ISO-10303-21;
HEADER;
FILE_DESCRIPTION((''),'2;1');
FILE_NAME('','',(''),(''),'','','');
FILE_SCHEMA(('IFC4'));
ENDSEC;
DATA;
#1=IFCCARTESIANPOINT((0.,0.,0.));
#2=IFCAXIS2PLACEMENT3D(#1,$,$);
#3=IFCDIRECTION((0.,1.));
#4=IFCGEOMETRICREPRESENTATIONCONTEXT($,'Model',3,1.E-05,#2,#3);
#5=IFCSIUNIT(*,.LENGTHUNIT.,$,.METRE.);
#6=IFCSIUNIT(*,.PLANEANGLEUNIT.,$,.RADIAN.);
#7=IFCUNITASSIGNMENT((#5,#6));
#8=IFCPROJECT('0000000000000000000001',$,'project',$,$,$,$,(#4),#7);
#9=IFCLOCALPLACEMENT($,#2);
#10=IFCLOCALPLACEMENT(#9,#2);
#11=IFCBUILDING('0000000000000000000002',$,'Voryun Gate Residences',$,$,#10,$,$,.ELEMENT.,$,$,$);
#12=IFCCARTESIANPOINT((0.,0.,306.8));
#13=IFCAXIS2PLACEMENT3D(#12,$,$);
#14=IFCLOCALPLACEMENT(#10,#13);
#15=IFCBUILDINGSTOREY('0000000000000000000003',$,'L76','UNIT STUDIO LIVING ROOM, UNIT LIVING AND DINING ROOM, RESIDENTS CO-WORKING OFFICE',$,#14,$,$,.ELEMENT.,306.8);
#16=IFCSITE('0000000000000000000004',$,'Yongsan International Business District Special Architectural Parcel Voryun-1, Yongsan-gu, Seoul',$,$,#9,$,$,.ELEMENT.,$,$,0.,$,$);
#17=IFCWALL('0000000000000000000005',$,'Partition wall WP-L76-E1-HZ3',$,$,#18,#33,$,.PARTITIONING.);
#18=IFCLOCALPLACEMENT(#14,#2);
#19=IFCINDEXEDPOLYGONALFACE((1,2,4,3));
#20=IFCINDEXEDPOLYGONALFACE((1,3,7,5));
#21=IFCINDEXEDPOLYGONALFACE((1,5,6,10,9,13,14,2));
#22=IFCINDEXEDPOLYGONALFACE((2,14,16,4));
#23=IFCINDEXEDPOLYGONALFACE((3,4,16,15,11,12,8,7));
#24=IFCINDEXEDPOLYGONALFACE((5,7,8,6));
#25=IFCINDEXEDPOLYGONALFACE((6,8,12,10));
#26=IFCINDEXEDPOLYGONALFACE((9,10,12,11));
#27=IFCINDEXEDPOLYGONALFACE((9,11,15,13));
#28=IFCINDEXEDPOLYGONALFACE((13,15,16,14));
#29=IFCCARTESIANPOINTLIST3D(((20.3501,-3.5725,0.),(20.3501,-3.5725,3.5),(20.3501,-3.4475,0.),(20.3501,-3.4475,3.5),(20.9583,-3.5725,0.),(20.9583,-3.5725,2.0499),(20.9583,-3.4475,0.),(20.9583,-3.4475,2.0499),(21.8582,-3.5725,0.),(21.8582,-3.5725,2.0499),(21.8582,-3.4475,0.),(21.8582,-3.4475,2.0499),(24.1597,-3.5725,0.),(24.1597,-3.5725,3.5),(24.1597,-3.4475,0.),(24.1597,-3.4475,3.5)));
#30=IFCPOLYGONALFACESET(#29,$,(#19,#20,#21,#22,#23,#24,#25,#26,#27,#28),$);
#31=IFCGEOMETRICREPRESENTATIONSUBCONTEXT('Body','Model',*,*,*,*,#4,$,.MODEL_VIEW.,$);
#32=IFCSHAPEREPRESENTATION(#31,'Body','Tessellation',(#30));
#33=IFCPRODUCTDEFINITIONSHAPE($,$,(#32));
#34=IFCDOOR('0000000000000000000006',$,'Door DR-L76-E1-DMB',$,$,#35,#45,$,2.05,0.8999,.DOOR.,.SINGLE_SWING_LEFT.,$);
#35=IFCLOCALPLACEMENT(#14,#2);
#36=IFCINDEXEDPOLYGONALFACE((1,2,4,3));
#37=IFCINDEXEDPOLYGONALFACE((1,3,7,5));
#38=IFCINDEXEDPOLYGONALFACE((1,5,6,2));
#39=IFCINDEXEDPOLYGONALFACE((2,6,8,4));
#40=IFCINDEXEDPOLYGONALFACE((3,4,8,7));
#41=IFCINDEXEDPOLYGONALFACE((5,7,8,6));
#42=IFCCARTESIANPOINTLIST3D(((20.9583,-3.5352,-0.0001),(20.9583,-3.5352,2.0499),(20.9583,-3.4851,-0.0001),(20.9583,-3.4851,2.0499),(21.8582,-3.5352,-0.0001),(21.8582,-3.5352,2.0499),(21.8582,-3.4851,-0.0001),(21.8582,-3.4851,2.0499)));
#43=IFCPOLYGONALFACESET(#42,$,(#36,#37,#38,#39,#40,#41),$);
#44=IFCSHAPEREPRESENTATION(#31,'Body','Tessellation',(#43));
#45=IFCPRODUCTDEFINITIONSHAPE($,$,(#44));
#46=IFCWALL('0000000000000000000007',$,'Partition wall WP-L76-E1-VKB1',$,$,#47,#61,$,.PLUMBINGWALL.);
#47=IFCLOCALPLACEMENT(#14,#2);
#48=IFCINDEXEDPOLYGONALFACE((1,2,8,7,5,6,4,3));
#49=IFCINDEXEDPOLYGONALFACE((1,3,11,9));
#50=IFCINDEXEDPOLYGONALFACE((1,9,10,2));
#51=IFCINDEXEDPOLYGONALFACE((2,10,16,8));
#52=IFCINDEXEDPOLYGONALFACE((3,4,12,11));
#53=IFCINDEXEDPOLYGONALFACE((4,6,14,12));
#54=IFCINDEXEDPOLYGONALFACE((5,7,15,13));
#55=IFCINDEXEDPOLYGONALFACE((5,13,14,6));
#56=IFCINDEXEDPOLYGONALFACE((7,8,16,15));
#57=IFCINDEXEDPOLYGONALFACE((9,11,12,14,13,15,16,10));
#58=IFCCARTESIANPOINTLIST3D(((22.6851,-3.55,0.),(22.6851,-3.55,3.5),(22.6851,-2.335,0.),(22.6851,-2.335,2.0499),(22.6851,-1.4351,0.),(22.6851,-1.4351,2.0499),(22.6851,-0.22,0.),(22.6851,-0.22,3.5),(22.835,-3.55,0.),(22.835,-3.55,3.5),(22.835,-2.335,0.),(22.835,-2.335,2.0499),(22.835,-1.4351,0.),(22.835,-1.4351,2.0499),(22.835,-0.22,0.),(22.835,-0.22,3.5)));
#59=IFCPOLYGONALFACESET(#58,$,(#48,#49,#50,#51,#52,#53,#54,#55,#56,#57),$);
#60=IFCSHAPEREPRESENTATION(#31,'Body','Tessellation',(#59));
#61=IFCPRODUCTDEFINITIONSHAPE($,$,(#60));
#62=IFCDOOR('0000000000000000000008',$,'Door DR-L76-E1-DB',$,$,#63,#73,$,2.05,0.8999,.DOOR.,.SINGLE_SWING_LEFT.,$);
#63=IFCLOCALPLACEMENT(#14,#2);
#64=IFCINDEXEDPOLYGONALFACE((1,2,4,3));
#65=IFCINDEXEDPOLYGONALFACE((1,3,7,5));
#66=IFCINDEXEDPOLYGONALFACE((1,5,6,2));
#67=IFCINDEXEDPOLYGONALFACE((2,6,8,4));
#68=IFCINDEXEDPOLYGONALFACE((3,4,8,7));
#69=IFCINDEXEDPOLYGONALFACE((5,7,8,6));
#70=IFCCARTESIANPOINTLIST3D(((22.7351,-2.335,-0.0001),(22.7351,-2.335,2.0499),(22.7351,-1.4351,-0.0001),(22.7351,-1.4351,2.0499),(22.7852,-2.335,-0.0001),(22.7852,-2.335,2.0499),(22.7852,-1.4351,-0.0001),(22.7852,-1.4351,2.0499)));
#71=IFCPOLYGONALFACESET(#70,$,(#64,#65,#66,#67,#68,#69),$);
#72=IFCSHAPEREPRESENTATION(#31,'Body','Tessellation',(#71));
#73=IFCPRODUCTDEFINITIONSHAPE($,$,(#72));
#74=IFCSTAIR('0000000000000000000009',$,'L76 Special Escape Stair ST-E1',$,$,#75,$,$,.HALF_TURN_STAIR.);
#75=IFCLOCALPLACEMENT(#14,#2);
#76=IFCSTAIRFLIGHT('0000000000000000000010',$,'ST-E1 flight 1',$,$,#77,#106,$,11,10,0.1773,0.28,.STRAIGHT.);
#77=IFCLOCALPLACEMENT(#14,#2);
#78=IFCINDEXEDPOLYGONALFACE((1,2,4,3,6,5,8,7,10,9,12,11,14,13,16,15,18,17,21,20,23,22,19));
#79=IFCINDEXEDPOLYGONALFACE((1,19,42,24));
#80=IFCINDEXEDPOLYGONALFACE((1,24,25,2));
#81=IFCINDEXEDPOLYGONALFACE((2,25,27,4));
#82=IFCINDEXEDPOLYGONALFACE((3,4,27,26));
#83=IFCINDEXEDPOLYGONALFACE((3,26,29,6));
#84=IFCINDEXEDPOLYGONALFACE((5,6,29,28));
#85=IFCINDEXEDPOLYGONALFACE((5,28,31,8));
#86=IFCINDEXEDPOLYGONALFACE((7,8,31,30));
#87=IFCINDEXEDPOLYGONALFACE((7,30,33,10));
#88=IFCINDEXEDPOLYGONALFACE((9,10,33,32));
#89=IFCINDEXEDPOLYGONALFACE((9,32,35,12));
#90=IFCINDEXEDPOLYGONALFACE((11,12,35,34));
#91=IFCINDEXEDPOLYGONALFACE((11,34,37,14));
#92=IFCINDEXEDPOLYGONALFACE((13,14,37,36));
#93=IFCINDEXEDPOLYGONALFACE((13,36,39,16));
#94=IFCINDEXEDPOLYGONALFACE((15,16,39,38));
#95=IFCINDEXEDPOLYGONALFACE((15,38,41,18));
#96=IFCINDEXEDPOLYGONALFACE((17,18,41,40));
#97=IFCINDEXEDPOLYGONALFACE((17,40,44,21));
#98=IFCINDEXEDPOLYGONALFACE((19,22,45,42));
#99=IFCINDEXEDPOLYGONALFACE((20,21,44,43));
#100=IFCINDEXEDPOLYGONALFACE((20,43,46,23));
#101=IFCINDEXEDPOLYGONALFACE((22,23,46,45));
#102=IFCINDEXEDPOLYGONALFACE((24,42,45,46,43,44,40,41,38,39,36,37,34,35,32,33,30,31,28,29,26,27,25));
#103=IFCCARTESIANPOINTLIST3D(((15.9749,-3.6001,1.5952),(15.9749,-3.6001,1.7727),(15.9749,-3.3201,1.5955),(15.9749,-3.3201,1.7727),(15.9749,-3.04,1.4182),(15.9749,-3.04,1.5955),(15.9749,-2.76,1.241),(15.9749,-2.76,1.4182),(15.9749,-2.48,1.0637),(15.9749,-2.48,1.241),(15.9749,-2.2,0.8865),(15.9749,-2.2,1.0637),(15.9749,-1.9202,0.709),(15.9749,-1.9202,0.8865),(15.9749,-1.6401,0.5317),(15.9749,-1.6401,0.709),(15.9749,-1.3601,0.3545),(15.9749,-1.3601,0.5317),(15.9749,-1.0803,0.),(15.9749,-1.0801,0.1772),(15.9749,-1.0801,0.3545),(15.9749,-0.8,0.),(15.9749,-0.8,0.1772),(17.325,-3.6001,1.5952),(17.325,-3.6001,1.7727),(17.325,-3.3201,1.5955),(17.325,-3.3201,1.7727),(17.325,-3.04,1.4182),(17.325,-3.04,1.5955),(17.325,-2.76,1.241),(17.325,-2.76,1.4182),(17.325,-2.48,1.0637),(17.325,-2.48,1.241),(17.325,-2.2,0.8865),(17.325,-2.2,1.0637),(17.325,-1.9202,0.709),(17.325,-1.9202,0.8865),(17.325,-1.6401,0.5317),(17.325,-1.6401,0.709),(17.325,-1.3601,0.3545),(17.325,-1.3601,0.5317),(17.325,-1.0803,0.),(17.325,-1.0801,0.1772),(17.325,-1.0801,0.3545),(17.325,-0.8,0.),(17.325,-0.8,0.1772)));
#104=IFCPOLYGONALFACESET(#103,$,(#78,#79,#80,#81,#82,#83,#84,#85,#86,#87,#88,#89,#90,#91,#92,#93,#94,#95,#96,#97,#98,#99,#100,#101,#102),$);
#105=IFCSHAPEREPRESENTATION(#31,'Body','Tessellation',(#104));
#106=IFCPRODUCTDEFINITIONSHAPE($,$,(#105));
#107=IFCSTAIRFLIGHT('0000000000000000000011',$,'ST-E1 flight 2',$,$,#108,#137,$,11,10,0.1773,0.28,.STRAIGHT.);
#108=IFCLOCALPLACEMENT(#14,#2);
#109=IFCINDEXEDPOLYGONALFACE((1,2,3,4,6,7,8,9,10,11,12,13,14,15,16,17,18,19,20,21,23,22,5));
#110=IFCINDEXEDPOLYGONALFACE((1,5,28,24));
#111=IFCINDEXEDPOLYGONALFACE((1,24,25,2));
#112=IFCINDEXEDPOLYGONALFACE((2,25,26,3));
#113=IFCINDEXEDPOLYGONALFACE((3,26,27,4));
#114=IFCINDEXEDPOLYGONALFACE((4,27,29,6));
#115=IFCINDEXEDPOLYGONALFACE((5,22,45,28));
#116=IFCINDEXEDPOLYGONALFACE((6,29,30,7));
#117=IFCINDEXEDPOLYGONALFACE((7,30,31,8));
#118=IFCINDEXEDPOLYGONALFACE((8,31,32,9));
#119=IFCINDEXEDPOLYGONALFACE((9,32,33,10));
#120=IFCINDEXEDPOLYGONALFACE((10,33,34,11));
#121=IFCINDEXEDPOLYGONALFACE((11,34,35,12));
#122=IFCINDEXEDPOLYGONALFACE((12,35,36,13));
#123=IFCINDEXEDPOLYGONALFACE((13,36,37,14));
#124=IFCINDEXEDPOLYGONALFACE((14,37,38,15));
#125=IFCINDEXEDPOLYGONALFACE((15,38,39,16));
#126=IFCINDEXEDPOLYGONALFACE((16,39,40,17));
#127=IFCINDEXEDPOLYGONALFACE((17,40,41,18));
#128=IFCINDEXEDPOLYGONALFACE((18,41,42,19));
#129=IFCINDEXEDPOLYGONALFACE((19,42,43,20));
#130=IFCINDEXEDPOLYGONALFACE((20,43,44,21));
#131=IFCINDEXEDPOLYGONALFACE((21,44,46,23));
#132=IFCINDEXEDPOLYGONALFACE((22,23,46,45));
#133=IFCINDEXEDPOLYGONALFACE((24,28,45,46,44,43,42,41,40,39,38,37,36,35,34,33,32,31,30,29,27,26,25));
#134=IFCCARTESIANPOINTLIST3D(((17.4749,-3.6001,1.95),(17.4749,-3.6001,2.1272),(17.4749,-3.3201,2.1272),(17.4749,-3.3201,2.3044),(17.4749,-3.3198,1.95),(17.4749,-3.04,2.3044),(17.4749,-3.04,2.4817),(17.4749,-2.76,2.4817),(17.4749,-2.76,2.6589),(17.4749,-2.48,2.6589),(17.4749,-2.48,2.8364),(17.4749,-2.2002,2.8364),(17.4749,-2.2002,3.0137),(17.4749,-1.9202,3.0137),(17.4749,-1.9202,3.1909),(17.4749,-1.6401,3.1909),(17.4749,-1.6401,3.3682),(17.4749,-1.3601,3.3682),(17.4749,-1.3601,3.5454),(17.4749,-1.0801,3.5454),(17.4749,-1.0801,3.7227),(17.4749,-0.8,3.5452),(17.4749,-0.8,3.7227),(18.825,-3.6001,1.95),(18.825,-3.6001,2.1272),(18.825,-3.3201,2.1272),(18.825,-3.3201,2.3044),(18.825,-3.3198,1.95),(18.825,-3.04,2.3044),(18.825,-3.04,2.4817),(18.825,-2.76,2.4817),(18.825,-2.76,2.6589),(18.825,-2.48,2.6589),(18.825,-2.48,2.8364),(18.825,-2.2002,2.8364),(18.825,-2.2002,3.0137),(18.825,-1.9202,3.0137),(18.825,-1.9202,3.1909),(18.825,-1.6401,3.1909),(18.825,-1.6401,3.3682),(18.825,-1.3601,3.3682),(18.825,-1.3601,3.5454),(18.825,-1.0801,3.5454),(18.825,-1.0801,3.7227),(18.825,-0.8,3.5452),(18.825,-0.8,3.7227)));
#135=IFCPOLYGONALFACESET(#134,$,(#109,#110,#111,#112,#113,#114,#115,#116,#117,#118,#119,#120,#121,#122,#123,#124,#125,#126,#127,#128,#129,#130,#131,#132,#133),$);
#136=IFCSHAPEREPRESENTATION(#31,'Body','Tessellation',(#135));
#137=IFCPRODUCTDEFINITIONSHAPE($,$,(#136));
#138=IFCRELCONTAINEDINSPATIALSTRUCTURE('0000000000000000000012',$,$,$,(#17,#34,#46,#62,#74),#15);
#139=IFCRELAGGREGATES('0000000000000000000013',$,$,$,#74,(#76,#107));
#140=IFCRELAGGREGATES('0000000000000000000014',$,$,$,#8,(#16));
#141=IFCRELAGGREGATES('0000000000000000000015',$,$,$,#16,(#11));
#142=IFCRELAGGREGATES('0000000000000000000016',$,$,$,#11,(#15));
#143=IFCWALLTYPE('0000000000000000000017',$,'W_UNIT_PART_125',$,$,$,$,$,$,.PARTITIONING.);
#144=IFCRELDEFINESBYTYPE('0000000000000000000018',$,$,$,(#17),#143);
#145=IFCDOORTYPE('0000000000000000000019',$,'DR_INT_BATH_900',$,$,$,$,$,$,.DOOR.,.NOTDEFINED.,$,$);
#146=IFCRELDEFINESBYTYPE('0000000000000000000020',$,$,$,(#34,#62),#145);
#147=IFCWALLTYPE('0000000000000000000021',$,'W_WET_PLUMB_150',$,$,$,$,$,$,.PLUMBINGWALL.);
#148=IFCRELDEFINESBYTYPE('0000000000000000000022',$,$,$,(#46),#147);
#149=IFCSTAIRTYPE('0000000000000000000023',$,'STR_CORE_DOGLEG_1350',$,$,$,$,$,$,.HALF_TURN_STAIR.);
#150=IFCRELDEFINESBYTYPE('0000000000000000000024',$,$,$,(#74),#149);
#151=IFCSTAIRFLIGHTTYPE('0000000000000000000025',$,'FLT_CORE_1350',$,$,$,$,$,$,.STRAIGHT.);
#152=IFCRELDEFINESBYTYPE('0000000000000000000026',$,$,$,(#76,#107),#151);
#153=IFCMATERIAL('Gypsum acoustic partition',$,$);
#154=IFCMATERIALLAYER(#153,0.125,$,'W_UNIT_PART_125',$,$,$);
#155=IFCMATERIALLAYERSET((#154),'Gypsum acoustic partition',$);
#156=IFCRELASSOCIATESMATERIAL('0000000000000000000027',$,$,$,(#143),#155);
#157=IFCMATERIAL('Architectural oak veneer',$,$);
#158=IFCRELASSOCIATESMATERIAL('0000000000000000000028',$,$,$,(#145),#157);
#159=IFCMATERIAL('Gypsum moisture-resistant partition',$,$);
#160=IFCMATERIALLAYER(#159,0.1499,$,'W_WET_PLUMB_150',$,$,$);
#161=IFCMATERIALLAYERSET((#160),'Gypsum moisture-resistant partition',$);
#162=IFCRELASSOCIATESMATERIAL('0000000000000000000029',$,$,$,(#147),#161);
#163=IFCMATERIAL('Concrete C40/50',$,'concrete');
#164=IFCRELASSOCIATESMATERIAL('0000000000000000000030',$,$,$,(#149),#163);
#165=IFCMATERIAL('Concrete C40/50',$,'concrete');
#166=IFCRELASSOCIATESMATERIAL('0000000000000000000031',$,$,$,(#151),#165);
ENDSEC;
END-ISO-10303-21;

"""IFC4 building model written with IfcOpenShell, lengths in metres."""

from ifc_helpers import new_model, si_unit, direction, frame, frame_2d, origin, place, context, subcontext, project, spatial, polyline, rectangle, outline, extrude, material, layer, layer_set, type_object, element, fill, aggregate, save


model = new_model("IFC4")

# Units and contexts
model_context = context("Model", 3, precision=1e-05, world=origin(), true_north=direction((0.0, 1.0)))
body_context = subcontext(model_context, "Body", "Model", "MODEL_VIEW")
ifc_project = project(units=[si_unit("LENGTHUNIT", "METRE"), si_unit("PLANEANGLEUNIT", "RADIAN")], contexts=[model_context])

# Site, building, storey
site_placement = place(None, origin())
site = spatial("IfcSite", under=ifc_project, at=site_placement, Name="Yongsan International Business District Special Architectural Parcel Voryun-1, Yongsan-gu, Seoul", CompositionType="ELEMENT", RefElevation=0.0)
building_placement = place(site_placement, origin())
building = spatial("IfcBuilding", under=site, at=building_placement, Name="Voryun Gate Residences", CompositionType="ELEMENT")
storey_placement = place(building_placement, frame((0.0, 0.0, 306.8)))
storey = spatial("IfcBuildingStorey", under=building, at=storey_placement, Name="L76", Description="UNIT STUDIO LIVING ROOM, UNIT LIVING AND DINING ROOM, RESIDENTS CO-WORKING OFFICE", CompositionType="ELEMENT", Elevation=306.8)

# Walls, openings, doors
ifc_material_1 = material(Name="Gypsum acoustic partition")
ifc_layer_1 = layer(ifc_material_1, 0.125, Name="W_UNIT_PART_125")
ifc_layer_set_1 = layer_set([ifc_layer_1], Name="Gypsum acoustic partition")
wall_type_1 = type_object("IfcWallType", Name="W_UNIT_PART_125", PredefinedType="PARTITIONING", material=ifc_layer_set_1)
wall_1_placement = place(storey_placement, frame((20.3501, -3.51, 0.0), z_axis=(0.0, 0.0, 1.0), x_axis=(1.0, 0.0, 0.0)))
wall_1 = element("IfcWall", 1, at=wall_1_placement, inside=storey, type_object=wall_type_1, Name="Partition wall WP-L76-E1-HZ3", PredefinedType="PARTITIONING", context=body_context, shape_type="SweptSolid", body=[
    extrude(rectangle(XDim=3.8096, YDim=0.125, at=frame_2d((1.9048, 0.0))), origin(), (0.0, 0.0, 1.0), 3.5),
])
opening_1_placement = place(wall_1_placement, frame((0.6082, 0.0, 0.0)))
opening_1 = element("IfcOpeningElement", 2, at=opening_1_placement, cuts=wall_1, PredefinedType="OPENING", context=body_context, shape_type="SweptSolid", body=[
    extrude(rectangle(XDim=0.8999, YDim=2.05, at=frame_2d((0.45, 1.0249))), frame((0.0, 0.0725, 0.0), z_axis=(0.0, -1.0, 0.0), x_axis=(1.0, 0.0, 0.0)), (0.0, 0.0, 1.0), 0.145),
])
ifc_material_2 = material(Name="Architectural oak veneer")
door_type = type_object("IfcDoorType", Name="DR_INT_BATH_900", OperationType="NOTDEFINED", PredefinedType="DOOR", material=ifc_material_2)
door_1_placement = place(opening_1_placement, origin())
door_1 = element("IfcDoor", 3, at=door_1_placement, inside=storey, type_object=door_type, Name="Door DR-L76-E1-DMB", OperationType="SINGLE_SWING_LEFT", OverallHeight=2.05, OverallWidth=0.8999, PredefinedType="DOOR", context=body_context, shape_type="SweptSolid", body=[
    extrude(rectangle(XDim=0.8999, YDim=2.05, at=frame_2d((0.45, 1.0249))), frame((0.0, 0.0249, 0.0), z_axis=(0.0, -1.0, 0.0), x_axis=(1.0, 0.0, 0.0)), (0.0, 0.0, 1.0), 0.05),
])
fill(opening_1, door_1)
ifc_material_3 = material(Name="Gypsum moisture-resistant partition")
ifc_layer_2 = layer(ifc_material_3, 0.1499, Name="W_WET_PLUMB_150")
ifc_layer_set_2 = layer_set([ifc_layer_2], Name="Gypsum moisture-resistant partition")
wall_type_2 = type_object("IfcWallType", Name="W_WET_PLUMB_150", PredefinedType="PLUMBINGWALL", material=ifc_layer_set_2)
wall_2_placement = place(storey_placement, frame((22.76, -3.55, 0.0), z_axis=(0.0, 0.0, 1.0), x_axis=(0.0, 1.0, 0.0)))
wall_2 = element("IfcWall", 4, at=wall_2_placement, inside=storey, type_object=wall_type_2, Name="Partition wall WP-L76-E1-VKB1", PredefinedType="PLUMBINGWALL", context=body_context, shape_type="SweptSolid", body=[
    extrude(rectangle(XDim=3.3301, YDim=0.1499, at=frame_2d((1.665, 0.0))), origin(), (0.0, 0.0, 1.0), 3.5),
])
opening_2_placement = place(wall_2_placement, frame((1.2151, 0.0, 0.0)))
opening_2 = element("IfcOpeningElement", 5, at=opening_2_placement, cuts=wall_2, PredefinedType="OPENING", context=body_context, shape_type="SweptSolid", body=[
    extrude(rectangle(XDim=0.8999, YDim=2.05, at=frame_2d((0.45, 1.0249))), frame((0.0, 0.085, 0.0), z_axis=(0.0, -1.0, 0.0), x_axis=(1.0, 0.0, 0.0)), (0.0, 0.0, 1.0), 0.1699),
])
door_2_placement = place(opening_2_placement, origin())
door_2 = element("IfcDoor", 6, at=door_2_placement, inside=storey, type_object=door_type, Name="Door DR-L76-E1-DB", OperationType="SINGLE_SWING_LEFT", OverallHeight=2.05, OverallWidth=0.8999, PredefinedType="DOOR", context=body_context, shape_type="SweptSolid", body=[
    extrude(rectangle(XDim=0.8999, YDim=2.05, at=frame_2d((0.45, 1.0249))), frame((0.0, 0.0249, 0.0), z_axis=(0.0, -1.0, 0.0), x_axis=(1.0, 0.0, 0.0)), (0.0, 0.0, 1.0), 0.05),
])
fill(opening_2, door_2)

# Stair, stair flights
ifc_material_4 = material(Name="Concrete C40/50", Category="concrete")
stair_type = type_object("IfcStairType", Name="STR_CORE_DOGLEG_1350", PredefinedType="HALF_TURN_STAIR", material=ifc_material_4)
stair_placement = place(storey_placement, origin())
stair = element("IfcStair", 7, at=stair_placement, inside=storey, type_object=stair_type, Name="L76 Special Escape Stair ST-E1", PredefinedType="HALF_TURN_STAIR")
ifc_material_5 = material(Name="Concrete C40/50", Category="concrete")
stair_flight_type = type_object("IfcStairFlightType", Name="FLT_CORE_1350", PredefinedType="STRAIGHT", material=ifc_material_5)
stair_flight_1_placement = place(storey_placement, frame((16.6499, -0.8, 0.0), z_axis=(0.0, 0.0, 1.0), x_axis=(0.0, -1.0, 0.0)))
stair_flight_1 = element("IfcStairFlight", 8, at=stair_flight_1_placement, type_object=stair_flight_type, Name="ST-E1 flight 1", NumberOfRisers=11, NumberOfTreads=10, PredefinedType="STRAIGHT", RiserHeight=0.1773, TreadLength=0.28, context=body_context, shape_type="SweptSolid", body=[
    extrude(outline(polyline([(0.0, 0.0), (0.0, 0.1772), (0.28, 0.1772), (0.28, 0.3545), (0.5601, 0.3545), (0.5601, 0.5317), (0.8401, 0.5317), (0.8401, 0.709), (1.1201, 0.709), (1.1201, 0.8865), (1.3999, 0.8865), (1.3999, 1.0637), (1.6799, 1.0637), (1.6799, 1.241), (1.96, 1.241), (1.96, 1.4182), (2.24, 1.4182), (2.24, 1.5955), (2.52, 1.5955), (2.52, 1.7727), (2.8, 1.7727), (2.8, 1.95), (2.8, 1.5952), (0.2803, 0.0), (0.0, 0.0)])), frame((0.0, 0.675, 0.0), z_axis=(0.0, -1.0, 0.0), x_axis=(1.0, 0.0, 0.0)), (0.0, 0.0, 1.0), 1.3501),
])
stair_flight_2_placement = place(storey_placement, frame((18.1499, -3.6001, 1.95), z_axis=(0.0, 0.0, 1.0), x_axis=(0.0, 1.0, 0.0)))
stair_flight_2 = element("IfcStairFlight", 9, at=stair_flight_2_placement, type_object=stair_flight_type, Name="ST-E1 flight 2", NumberOfRisers=11, NumberOfTreads=10, PredefinedType="STRAIGHT", RiserHeight=0.1773, TreadLength=0.28, context=body_context, shape_type="SweptSolid", body=[
    extrude(outline(polyline([(0.0, 0.0), (0.0, 0.1772), (0.28, 0.1772), (0.28, 0.3545), (0.5601, 0.3545), (0.5601, 0.5317), (0.8401, 0.5317), (0.8401, 0.709), (1.1201, 0.709), (1.1201, 0.8865), (1.3999, 0.8865), (1.3999, 1.0637), (1.6799, 1.0637), (1.6799, 1.241), (1.96, 1.241), (1.96, 1.4182), (2.24, 1.4182), (2.24, 1.5955), (2.52, 1.5955), (2.52, 1.7727), (2.8, 1.7727), (2.8, 1.95), (2.8, 1.5952), (0.2803, 0.0), (0.0, 0.0)])), frame((0.0, 0.675, 0.0), z_axis=(0.0, -1.0, 0.0), x_axis=(1.0, 0.0, 0.0)), (0.0, 0.0, 1.0), 1.3501),
])
aggregate(stair, [stair_flight_1, stair_flight_2])

save(model, "model.ifc")
